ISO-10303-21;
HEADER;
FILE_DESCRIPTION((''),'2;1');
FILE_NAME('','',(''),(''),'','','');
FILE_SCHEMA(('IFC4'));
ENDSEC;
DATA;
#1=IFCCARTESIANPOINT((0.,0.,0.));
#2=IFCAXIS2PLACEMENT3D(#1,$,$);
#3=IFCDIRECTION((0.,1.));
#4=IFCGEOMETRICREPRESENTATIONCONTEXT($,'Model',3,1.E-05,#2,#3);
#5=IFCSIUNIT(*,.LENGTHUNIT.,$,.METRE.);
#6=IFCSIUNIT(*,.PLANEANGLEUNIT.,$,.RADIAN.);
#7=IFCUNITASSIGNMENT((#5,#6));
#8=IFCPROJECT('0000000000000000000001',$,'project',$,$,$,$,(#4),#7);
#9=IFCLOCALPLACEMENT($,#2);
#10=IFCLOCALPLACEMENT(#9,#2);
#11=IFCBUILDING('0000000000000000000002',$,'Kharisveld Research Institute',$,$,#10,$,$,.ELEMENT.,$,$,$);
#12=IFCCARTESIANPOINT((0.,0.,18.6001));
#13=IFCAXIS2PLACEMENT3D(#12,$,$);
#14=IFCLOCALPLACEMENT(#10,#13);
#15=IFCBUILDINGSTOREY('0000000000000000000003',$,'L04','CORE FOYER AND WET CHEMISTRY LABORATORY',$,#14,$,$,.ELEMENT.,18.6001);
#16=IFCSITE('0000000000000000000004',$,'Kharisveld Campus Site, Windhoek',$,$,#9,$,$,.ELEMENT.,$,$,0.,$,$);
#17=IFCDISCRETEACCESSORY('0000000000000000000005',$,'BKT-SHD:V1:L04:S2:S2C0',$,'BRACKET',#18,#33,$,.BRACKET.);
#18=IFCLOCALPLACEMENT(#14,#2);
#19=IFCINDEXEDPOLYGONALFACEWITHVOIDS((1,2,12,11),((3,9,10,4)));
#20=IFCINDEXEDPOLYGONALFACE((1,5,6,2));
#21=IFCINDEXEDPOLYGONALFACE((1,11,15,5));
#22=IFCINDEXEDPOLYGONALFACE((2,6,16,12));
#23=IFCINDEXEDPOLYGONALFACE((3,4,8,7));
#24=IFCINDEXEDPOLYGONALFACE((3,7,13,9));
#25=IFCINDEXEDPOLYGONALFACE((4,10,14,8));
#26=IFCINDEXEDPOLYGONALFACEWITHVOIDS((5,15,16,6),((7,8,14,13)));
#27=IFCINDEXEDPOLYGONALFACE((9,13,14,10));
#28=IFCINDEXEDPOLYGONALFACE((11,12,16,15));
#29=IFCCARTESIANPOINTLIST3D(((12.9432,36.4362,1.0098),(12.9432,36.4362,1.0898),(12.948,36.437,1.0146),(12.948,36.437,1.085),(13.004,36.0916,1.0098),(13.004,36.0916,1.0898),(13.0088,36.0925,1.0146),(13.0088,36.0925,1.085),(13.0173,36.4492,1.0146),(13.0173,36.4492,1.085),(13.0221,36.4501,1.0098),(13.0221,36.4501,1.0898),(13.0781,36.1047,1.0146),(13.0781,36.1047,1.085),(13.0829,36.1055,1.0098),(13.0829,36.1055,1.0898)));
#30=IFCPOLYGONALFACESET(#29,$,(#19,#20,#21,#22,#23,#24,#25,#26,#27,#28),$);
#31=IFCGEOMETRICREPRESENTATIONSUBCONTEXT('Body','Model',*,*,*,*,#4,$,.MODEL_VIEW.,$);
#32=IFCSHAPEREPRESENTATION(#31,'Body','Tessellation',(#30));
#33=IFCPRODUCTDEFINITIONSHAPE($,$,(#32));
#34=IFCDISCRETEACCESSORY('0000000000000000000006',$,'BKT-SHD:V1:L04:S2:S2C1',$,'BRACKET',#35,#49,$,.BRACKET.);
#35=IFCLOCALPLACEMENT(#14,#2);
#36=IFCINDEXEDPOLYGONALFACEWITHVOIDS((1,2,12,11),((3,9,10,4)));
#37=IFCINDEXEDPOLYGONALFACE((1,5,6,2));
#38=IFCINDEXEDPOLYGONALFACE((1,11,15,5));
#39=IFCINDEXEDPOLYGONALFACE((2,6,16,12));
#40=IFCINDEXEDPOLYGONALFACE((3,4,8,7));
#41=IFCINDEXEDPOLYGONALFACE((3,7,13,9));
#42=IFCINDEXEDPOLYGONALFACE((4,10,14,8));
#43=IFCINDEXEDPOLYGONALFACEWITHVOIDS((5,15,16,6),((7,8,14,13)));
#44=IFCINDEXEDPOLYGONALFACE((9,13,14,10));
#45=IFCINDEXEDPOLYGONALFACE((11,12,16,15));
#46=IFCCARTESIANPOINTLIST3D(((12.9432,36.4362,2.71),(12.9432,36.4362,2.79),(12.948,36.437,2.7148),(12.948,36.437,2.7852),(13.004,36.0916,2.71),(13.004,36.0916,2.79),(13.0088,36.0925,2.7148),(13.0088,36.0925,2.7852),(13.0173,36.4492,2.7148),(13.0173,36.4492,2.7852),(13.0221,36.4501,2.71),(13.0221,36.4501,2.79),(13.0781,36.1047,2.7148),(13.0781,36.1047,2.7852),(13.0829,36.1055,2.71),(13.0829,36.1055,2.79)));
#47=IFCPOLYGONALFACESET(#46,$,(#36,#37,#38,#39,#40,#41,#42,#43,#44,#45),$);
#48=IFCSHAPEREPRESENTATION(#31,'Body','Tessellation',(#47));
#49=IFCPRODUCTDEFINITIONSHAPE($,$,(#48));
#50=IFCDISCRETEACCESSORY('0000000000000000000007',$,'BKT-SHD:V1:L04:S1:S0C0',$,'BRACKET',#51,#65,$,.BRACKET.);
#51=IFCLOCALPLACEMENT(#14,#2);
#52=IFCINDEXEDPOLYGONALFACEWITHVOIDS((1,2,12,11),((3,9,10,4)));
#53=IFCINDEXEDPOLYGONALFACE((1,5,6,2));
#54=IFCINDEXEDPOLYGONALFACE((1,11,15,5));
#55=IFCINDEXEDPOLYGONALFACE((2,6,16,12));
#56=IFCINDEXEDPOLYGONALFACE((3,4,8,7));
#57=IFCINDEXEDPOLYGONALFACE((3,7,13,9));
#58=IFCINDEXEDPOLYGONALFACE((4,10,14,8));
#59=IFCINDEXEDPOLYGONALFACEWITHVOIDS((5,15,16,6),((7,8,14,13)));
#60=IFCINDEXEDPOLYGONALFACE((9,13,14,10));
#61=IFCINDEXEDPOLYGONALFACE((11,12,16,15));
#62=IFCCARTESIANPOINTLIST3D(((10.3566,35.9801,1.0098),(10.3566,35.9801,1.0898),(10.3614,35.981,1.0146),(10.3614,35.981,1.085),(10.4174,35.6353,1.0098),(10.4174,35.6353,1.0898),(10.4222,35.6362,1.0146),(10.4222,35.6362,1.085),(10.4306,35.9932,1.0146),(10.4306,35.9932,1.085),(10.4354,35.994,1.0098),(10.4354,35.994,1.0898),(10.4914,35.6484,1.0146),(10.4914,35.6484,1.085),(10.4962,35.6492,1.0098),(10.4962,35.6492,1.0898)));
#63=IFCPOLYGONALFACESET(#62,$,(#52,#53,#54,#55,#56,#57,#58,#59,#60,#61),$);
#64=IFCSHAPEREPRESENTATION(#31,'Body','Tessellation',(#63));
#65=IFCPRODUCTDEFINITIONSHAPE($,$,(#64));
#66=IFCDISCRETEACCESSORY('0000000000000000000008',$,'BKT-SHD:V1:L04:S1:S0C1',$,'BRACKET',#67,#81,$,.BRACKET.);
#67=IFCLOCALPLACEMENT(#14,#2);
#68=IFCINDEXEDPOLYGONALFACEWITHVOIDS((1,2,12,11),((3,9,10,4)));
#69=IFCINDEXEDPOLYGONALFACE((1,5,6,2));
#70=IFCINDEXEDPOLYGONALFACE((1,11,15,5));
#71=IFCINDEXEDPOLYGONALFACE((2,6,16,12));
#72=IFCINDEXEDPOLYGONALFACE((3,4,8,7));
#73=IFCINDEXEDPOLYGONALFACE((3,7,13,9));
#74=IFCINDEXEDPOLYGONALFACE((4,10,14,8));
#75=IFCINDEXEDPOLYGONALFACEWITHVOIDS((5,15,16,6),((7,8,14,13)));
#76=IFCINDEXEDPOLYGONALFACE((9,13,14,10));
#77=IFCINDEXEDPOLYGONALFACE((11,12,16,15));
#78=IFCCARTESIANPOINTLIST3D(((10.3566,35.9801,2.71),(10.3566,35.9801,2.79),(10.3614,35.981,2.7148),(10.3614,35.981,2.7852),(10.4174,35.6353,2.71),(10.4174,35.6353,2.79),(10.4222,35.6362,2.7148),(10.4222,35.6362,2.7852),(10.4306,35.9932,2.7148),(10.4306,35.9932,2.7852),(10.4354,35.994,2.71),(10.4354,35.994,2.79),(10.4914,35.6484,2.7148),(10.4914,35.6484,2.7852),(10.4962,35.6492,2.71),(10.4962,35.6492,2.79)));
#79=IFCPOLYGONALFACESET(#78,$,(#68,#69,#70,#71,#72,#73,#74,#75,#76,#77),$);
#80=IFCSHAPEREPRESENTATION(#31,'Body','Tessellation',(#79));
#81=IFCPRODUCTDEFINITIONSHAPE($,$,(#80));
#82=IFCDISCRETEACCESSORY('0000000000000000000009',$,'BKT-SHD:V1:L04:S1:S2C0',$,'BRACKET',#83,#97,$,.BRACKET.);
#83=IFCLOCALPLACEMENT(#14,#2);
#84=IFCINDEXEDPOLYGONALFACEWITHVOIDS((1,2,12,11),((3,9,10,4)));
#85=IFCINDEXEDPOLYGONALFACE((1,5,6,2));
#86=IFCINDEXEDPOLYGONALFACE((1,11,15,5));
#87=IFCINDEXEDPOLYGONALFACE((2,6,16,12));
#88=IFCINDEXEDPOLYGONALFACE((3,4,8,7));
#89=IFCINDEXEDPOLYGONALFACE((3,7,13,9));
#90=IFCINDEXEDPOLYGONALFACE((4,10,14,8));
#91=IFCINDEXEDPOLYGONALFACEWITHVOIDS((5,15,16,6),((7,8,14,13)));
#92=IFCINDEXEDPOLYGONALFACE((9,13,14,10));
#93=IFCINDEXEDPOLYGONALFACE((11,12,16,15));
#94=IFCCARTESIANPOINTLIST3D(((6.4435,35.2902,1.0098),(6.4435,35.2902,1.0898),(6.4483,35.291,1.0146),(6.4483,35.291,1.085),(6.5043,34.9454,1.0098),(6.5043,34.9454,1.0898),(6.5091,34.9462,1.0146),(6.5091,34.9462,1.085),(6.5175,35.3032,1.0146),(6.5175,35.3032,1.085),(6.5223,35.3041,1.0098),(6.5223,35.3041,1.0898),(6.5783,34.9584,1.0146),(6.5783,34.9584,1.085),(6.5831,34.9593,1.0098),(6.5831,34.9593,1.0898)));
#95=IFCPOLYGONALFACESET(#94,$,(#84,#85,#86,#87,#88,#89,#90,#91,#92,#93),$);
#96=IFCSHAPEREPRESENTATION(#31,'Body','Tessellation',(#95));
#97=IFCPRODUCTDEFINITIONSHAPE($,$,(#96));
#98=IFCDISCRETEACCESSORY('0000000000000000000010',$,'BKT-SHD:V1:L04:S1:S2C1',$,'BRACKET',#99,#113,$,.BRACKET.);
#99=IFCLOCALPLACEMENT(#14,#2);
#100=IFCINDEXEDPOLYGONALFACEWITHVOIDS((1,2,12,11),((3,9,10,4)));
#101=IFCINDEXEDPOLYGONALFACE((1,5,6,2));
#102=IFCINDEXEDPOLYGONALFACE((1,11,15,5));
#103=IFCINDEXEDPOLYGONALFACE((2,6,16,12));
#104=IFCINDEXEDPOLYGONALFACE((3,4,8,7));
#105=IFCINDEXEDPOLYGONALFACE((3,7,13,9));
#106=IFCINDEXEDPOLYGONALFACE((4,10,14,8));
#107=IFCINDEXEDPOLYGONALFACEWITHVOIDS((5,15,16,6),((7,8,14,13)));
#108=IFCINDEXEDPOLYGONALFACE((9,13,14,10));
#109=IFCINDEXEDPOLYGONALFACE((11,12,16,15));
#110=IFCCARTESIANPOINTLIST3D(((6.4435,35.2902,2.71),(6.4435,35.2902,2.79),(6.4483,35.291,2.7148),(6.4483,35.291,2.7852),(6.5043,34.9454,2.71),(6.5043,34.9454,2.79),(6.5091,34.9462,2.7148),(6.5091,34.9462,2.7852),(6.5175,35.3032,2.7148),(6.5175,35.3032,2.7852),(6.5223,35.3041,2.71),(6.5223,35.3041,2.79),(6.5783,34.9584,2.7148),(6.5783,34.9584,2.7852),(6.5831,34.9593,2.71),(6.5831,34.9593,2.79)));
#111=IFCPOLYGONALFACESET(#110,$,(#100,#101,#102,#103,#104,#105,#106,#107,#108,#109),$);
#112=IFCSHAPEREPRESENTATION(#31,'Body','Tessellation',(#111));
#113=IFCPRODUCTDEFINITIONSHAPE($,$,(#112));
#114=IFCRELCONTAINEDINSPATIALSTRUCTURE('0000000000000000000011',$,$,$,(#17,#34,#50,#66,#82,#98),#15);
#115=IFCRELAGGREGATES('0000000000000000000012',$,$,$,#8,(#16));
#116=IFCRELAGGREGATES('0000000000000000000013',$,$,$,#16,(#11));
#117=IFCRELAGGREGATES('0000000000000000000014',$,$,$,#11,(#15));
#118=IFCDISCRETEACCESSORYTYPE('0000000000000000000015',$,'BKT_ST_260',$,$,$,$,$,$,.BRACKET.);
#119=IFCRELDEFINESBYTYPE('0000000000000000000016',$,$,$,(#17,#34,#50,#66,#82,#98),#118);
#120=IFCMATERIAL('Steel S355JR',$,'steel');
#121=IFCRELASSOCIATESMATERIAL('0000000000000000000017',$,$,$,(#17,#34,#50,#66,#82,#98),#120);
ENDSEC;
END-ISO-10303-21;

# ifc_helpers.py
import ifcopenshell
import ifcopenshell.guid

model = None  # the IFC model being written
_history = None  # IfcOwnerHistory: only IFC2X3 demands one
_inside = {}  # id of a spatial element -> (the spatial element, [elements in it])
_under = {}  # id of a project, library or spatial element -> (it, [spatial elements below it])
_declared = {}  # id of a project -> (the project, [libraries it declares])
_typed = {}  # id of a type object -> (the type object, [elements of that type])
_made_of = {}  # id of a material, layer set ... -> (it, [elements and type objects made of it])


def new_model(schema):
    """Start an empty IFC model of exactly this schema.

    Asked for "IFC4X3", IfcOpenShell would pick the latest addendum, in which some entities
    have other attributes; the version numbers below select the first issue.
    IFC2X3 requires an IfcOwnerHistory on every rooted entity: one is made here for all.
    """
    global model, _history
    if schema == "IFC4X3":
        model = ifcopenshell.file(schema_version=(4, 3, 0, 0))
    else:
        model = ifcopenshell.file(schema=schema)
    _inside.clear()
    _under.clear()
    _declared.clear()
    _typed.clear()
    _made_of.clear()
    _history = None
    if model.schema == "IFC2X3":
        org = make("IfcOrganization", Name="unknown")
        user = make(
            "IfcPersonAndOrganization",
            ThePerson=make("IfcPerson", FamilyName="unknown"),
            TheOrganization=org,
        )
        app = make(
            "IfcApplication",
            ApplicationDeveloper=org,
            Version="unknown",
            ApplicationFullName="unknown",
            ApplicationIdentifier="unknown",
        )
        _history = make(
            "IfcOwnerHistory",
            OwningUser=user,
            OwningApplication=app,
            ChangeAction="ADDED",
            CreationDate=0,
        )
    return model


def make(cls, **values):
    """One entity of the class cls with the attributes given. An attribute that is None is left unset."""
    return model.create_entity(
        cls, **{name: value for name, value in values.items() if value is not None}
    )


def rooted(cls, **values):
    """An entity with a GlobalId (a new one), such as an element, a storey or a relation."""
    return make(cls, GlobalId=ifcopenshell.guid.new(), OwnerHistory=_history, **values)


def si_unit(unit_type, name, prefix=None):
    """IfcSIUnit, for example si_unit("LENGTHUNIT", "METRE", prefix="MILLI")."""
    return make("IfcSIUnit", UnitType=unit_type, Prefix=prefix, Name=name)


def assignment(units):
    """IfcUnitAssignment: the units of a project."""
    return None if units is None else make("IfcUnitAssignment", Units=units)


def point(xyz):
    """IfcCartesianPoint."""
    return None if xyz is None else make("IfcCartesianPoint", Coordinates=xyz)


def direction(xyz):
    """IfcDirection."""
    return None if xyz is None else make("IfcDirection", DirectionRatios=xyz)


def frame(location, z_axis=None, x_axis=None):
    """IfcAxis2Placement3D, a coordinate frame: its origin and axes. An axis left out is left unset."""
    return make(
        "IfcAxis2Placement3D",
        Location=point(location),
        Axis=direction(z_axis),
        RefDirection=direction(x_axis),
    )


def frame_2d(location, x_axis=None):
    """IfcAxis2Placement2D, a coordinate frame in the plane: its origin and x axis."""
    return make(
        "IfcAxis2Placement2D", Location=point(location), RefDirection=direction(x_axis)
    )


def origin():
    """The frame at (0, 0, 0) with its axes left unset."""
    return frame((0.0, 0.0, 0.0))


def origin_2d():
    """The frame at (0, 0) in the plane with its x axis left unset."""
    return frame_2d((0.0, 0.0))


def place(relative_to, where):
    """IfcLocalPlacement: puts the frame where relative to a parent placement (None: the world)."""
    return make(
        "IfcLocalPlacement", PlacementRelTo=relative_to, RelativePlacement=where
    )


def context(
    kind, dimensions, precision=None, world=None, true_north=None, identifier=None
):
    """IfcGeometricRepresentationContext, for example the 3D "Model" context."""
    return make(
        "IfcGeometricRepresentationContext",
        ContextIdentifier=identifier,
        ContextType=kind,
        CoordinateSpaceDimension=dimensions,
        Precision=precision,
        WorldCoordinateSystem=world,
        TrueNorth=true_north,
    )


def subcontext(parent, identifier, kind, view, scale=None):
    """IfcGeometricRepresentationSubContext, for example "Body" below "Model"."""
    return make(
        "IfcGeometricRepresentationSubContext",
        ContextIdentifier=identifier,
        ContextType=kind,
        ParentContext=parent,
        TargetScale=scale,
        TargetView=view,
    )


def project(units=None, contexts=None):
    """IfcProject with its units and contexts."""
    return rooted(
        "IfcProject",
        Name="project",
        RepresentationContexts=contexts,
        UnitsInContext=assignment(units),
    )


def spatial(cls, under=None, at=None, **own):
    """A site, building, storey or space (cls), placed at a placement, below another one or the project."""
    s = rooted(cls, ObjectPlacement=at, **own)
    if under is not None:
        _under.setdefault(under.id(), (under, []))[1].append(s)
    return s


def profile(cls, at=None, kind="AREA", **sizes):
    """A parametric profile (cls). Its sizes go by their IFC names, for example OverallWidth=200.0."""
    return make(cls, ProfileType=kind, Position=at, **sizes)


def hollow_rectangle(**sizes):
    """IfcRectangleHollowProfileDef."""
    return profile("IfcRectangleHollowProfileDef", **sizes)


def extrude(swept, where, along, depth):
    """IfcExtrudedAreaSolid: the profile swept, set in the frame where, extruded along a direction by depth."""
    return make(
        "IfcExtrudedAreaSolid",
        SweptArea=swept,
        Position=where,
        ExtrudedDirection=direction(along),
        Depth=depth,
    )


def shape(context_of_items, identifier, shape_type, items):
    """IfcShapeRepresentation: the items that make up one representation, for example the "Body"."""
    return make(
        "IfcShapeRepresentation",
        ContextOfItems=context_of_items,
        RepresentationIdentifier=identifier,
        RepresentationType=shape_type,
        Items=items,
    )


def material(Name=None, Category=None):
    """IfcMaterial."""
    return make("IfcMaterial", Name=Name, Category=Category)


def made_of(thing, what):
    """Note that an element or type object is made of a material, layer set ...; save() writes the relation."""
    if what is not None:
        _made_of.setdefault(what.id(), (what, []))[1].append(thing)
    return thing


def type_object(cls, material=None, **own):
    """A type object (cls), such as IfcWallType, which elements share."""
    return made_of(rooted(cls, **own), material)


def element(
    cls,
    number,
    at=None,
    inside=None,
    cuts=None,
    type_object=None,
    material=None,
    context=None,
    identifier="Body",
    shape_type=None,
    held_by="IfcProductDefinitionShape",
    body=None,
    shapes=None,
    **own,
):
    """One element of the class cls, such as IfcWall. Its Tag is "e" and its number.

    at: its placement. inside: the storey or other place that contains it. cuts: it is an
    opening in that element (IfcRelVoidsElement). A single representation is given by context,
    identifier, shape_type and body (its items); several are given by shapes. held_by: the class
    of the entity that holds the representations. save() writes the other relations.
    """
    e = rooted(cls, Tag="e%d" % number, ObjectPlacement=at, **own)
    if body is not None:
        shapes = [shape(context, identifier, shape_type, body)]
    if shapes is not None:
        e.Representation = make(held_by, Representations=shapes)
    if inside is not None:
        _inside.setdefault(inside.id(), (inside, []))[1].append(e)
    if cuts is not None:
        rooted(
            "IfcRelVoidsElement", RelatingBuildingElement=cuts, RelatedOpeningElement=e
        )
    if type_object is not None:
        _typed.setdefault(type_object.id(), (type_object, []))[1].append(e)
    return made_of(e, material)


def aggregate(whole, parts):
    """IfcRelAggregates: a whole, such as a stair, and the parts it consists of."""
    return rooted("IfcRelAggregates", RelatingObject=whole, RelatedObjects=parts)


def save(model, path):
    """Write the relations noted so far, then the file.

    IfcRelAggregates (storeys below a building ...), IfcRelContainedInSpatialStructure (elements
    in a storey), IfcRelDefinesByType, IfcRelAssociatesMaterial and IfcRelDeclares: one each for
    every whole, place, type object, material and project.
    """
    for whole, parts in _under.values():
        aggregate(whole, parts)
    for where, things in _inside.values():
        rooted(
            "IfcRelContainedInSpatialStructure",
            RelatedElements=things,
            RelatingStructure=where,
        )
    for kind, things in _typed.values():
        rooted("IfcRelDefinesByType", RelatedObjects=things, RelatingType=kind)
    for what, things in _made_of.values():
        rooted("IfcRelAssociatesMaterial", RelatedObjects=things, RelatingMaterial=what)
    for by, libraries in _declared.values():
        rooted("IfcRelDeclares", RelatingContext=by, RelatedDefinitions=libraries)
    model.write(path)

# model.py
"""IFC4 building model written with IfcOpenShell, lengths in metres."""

from ifc_helpers import new_model, si_unit, direction, frame, origin, origin_2d, place, context, subcontext, project, spatial, hollow_rectangle, extrude, material, type_object, element, save


model = new_model("IFC4")

# Units and contexts
model_context = context("Model", 3, precision=1e-05, world=origin(), true_north=direction((0.0, 1.0)))
body_context = subcontext(model_context, "Body", "Model", "MODEL_VIEW")
ifc_project = project(units=[si_unit("LENGTHUNIT", "METRE"), si_unit("PLANEANGLEUNIT", "RADIAN")], contexts=[model_context])

# Site, building, storey
site_placement = place(None, origin())
site = spatial("IfcSite", under=ifc_project, at=site_placement, Name="Kharisveld Campus Site, Windhoek", CompositionType="ELEMENT", RefElevation=0.0)
building_placement = place(site_placement, origin())
building = spatial("IfcBuilding", under=site, at=building_placement, Name="Kharisveld Research Institute", CompositionType="ELEMENT")
storey_placement = place(building_placement, frame((0.0, 0.0, 18.6001)))
storey = spatial("IfcBuildingStorey", under=building, at=storey_placement, Name="L04", Description="CORE FOYER AND WET CHEMISTRY LABORATORY", CompositionType="ELEMENT", Elevation=18.6001)

# Discrete accessories
ifc_material_1 = material(Name="Steel S355JR", Category="steel")
discrete_accessory_type = type_object("IfcDiscreteAccessoryType", Name="BKT_ST_260", PredefinedType="BRACKET")
for number, where, z_axis, x_axis, name in (
    (1, (12.9827, 36.4431, 1.0498), (0.173785, -0.984784, 0.0), (0.984784, 0.173785, 0.0), "BKT-SHD:V1:L04:S2:S2C0"),
    (2, (12.9827, 36.4431, 2.75), (0.173785, -0.984784, 0.0), (0.984784, 0.173785, 0.0), "BKT-SHD:V1:L04:S2:S2C1"),
):
    element("IfcDiscreteAccessory", number, at=place(storey_placement, frame(where, z_axis=z_axis, x_axis=x_axis)), inside=storey, type_object=discrete_accessory_type, material=ifc_material_1, Name=name, ObjectType="BRACKET", PredefinedType="BRACKET", context=body_context, shape_type="SweptSolid", body=[
        extrude(hollow_rectangle(XDim=0.0801, YDim=0.0801, WallThickness=0.0049, at=origin_2d()), origin(), (0.0, 0.0, 1.0), 0.3499),
    ])
for number, where, z_axis, x_axis, name in (
    (3, (10.396, 35.9871, 1.0498), (0.173666, -0.984805, 0.0), (0.984805, 0.173666, 0.0), "BKT-SHD:V1:L04:S1:S0C0"),
    (4, (10.396, 35.9871, 2.75), (0.173666, -0.984805, 0.0), (0.984805, 0.173666, 0.0), "BKT-SHD:V1:L04:S1:S0C1"),
    (5, (6.4829, 35.2971, 1.0498), (0.173666, -0.984805, 0.0), (0.984805, 0.173666, 0.0), "BKT-SHD:V1:L04:S1:S2C0"),
    (6, (6.4829, 35.2971, 2.75), (0.173666, -0.984805, 0.0), (0.984805, 0.173666, 0.0), "BKT-SHD:V1:L04:S1:S2C1"),
):
    element("IfcDiscreteAccessory", number, at=place(storey_placement, frame(where, z_axis=z_axis, x_axis=x_axis)), inside=storey, type_object=discrete_accessory_type, material=ifc_material_1, Name=name, ObjectType="BRACKET", PredefinedType="BRACKET", context=body_context, shape_type="SweptSolid", body=[
        extrude(hollow_rectangle(XDim=0.0801, YDim=0.0801, WallThickness=0.0049, at=origin_2d()), origin(), (0.0, 0.0, 1.0), 0.3501),
    ])

save(model, "model.ifc")
